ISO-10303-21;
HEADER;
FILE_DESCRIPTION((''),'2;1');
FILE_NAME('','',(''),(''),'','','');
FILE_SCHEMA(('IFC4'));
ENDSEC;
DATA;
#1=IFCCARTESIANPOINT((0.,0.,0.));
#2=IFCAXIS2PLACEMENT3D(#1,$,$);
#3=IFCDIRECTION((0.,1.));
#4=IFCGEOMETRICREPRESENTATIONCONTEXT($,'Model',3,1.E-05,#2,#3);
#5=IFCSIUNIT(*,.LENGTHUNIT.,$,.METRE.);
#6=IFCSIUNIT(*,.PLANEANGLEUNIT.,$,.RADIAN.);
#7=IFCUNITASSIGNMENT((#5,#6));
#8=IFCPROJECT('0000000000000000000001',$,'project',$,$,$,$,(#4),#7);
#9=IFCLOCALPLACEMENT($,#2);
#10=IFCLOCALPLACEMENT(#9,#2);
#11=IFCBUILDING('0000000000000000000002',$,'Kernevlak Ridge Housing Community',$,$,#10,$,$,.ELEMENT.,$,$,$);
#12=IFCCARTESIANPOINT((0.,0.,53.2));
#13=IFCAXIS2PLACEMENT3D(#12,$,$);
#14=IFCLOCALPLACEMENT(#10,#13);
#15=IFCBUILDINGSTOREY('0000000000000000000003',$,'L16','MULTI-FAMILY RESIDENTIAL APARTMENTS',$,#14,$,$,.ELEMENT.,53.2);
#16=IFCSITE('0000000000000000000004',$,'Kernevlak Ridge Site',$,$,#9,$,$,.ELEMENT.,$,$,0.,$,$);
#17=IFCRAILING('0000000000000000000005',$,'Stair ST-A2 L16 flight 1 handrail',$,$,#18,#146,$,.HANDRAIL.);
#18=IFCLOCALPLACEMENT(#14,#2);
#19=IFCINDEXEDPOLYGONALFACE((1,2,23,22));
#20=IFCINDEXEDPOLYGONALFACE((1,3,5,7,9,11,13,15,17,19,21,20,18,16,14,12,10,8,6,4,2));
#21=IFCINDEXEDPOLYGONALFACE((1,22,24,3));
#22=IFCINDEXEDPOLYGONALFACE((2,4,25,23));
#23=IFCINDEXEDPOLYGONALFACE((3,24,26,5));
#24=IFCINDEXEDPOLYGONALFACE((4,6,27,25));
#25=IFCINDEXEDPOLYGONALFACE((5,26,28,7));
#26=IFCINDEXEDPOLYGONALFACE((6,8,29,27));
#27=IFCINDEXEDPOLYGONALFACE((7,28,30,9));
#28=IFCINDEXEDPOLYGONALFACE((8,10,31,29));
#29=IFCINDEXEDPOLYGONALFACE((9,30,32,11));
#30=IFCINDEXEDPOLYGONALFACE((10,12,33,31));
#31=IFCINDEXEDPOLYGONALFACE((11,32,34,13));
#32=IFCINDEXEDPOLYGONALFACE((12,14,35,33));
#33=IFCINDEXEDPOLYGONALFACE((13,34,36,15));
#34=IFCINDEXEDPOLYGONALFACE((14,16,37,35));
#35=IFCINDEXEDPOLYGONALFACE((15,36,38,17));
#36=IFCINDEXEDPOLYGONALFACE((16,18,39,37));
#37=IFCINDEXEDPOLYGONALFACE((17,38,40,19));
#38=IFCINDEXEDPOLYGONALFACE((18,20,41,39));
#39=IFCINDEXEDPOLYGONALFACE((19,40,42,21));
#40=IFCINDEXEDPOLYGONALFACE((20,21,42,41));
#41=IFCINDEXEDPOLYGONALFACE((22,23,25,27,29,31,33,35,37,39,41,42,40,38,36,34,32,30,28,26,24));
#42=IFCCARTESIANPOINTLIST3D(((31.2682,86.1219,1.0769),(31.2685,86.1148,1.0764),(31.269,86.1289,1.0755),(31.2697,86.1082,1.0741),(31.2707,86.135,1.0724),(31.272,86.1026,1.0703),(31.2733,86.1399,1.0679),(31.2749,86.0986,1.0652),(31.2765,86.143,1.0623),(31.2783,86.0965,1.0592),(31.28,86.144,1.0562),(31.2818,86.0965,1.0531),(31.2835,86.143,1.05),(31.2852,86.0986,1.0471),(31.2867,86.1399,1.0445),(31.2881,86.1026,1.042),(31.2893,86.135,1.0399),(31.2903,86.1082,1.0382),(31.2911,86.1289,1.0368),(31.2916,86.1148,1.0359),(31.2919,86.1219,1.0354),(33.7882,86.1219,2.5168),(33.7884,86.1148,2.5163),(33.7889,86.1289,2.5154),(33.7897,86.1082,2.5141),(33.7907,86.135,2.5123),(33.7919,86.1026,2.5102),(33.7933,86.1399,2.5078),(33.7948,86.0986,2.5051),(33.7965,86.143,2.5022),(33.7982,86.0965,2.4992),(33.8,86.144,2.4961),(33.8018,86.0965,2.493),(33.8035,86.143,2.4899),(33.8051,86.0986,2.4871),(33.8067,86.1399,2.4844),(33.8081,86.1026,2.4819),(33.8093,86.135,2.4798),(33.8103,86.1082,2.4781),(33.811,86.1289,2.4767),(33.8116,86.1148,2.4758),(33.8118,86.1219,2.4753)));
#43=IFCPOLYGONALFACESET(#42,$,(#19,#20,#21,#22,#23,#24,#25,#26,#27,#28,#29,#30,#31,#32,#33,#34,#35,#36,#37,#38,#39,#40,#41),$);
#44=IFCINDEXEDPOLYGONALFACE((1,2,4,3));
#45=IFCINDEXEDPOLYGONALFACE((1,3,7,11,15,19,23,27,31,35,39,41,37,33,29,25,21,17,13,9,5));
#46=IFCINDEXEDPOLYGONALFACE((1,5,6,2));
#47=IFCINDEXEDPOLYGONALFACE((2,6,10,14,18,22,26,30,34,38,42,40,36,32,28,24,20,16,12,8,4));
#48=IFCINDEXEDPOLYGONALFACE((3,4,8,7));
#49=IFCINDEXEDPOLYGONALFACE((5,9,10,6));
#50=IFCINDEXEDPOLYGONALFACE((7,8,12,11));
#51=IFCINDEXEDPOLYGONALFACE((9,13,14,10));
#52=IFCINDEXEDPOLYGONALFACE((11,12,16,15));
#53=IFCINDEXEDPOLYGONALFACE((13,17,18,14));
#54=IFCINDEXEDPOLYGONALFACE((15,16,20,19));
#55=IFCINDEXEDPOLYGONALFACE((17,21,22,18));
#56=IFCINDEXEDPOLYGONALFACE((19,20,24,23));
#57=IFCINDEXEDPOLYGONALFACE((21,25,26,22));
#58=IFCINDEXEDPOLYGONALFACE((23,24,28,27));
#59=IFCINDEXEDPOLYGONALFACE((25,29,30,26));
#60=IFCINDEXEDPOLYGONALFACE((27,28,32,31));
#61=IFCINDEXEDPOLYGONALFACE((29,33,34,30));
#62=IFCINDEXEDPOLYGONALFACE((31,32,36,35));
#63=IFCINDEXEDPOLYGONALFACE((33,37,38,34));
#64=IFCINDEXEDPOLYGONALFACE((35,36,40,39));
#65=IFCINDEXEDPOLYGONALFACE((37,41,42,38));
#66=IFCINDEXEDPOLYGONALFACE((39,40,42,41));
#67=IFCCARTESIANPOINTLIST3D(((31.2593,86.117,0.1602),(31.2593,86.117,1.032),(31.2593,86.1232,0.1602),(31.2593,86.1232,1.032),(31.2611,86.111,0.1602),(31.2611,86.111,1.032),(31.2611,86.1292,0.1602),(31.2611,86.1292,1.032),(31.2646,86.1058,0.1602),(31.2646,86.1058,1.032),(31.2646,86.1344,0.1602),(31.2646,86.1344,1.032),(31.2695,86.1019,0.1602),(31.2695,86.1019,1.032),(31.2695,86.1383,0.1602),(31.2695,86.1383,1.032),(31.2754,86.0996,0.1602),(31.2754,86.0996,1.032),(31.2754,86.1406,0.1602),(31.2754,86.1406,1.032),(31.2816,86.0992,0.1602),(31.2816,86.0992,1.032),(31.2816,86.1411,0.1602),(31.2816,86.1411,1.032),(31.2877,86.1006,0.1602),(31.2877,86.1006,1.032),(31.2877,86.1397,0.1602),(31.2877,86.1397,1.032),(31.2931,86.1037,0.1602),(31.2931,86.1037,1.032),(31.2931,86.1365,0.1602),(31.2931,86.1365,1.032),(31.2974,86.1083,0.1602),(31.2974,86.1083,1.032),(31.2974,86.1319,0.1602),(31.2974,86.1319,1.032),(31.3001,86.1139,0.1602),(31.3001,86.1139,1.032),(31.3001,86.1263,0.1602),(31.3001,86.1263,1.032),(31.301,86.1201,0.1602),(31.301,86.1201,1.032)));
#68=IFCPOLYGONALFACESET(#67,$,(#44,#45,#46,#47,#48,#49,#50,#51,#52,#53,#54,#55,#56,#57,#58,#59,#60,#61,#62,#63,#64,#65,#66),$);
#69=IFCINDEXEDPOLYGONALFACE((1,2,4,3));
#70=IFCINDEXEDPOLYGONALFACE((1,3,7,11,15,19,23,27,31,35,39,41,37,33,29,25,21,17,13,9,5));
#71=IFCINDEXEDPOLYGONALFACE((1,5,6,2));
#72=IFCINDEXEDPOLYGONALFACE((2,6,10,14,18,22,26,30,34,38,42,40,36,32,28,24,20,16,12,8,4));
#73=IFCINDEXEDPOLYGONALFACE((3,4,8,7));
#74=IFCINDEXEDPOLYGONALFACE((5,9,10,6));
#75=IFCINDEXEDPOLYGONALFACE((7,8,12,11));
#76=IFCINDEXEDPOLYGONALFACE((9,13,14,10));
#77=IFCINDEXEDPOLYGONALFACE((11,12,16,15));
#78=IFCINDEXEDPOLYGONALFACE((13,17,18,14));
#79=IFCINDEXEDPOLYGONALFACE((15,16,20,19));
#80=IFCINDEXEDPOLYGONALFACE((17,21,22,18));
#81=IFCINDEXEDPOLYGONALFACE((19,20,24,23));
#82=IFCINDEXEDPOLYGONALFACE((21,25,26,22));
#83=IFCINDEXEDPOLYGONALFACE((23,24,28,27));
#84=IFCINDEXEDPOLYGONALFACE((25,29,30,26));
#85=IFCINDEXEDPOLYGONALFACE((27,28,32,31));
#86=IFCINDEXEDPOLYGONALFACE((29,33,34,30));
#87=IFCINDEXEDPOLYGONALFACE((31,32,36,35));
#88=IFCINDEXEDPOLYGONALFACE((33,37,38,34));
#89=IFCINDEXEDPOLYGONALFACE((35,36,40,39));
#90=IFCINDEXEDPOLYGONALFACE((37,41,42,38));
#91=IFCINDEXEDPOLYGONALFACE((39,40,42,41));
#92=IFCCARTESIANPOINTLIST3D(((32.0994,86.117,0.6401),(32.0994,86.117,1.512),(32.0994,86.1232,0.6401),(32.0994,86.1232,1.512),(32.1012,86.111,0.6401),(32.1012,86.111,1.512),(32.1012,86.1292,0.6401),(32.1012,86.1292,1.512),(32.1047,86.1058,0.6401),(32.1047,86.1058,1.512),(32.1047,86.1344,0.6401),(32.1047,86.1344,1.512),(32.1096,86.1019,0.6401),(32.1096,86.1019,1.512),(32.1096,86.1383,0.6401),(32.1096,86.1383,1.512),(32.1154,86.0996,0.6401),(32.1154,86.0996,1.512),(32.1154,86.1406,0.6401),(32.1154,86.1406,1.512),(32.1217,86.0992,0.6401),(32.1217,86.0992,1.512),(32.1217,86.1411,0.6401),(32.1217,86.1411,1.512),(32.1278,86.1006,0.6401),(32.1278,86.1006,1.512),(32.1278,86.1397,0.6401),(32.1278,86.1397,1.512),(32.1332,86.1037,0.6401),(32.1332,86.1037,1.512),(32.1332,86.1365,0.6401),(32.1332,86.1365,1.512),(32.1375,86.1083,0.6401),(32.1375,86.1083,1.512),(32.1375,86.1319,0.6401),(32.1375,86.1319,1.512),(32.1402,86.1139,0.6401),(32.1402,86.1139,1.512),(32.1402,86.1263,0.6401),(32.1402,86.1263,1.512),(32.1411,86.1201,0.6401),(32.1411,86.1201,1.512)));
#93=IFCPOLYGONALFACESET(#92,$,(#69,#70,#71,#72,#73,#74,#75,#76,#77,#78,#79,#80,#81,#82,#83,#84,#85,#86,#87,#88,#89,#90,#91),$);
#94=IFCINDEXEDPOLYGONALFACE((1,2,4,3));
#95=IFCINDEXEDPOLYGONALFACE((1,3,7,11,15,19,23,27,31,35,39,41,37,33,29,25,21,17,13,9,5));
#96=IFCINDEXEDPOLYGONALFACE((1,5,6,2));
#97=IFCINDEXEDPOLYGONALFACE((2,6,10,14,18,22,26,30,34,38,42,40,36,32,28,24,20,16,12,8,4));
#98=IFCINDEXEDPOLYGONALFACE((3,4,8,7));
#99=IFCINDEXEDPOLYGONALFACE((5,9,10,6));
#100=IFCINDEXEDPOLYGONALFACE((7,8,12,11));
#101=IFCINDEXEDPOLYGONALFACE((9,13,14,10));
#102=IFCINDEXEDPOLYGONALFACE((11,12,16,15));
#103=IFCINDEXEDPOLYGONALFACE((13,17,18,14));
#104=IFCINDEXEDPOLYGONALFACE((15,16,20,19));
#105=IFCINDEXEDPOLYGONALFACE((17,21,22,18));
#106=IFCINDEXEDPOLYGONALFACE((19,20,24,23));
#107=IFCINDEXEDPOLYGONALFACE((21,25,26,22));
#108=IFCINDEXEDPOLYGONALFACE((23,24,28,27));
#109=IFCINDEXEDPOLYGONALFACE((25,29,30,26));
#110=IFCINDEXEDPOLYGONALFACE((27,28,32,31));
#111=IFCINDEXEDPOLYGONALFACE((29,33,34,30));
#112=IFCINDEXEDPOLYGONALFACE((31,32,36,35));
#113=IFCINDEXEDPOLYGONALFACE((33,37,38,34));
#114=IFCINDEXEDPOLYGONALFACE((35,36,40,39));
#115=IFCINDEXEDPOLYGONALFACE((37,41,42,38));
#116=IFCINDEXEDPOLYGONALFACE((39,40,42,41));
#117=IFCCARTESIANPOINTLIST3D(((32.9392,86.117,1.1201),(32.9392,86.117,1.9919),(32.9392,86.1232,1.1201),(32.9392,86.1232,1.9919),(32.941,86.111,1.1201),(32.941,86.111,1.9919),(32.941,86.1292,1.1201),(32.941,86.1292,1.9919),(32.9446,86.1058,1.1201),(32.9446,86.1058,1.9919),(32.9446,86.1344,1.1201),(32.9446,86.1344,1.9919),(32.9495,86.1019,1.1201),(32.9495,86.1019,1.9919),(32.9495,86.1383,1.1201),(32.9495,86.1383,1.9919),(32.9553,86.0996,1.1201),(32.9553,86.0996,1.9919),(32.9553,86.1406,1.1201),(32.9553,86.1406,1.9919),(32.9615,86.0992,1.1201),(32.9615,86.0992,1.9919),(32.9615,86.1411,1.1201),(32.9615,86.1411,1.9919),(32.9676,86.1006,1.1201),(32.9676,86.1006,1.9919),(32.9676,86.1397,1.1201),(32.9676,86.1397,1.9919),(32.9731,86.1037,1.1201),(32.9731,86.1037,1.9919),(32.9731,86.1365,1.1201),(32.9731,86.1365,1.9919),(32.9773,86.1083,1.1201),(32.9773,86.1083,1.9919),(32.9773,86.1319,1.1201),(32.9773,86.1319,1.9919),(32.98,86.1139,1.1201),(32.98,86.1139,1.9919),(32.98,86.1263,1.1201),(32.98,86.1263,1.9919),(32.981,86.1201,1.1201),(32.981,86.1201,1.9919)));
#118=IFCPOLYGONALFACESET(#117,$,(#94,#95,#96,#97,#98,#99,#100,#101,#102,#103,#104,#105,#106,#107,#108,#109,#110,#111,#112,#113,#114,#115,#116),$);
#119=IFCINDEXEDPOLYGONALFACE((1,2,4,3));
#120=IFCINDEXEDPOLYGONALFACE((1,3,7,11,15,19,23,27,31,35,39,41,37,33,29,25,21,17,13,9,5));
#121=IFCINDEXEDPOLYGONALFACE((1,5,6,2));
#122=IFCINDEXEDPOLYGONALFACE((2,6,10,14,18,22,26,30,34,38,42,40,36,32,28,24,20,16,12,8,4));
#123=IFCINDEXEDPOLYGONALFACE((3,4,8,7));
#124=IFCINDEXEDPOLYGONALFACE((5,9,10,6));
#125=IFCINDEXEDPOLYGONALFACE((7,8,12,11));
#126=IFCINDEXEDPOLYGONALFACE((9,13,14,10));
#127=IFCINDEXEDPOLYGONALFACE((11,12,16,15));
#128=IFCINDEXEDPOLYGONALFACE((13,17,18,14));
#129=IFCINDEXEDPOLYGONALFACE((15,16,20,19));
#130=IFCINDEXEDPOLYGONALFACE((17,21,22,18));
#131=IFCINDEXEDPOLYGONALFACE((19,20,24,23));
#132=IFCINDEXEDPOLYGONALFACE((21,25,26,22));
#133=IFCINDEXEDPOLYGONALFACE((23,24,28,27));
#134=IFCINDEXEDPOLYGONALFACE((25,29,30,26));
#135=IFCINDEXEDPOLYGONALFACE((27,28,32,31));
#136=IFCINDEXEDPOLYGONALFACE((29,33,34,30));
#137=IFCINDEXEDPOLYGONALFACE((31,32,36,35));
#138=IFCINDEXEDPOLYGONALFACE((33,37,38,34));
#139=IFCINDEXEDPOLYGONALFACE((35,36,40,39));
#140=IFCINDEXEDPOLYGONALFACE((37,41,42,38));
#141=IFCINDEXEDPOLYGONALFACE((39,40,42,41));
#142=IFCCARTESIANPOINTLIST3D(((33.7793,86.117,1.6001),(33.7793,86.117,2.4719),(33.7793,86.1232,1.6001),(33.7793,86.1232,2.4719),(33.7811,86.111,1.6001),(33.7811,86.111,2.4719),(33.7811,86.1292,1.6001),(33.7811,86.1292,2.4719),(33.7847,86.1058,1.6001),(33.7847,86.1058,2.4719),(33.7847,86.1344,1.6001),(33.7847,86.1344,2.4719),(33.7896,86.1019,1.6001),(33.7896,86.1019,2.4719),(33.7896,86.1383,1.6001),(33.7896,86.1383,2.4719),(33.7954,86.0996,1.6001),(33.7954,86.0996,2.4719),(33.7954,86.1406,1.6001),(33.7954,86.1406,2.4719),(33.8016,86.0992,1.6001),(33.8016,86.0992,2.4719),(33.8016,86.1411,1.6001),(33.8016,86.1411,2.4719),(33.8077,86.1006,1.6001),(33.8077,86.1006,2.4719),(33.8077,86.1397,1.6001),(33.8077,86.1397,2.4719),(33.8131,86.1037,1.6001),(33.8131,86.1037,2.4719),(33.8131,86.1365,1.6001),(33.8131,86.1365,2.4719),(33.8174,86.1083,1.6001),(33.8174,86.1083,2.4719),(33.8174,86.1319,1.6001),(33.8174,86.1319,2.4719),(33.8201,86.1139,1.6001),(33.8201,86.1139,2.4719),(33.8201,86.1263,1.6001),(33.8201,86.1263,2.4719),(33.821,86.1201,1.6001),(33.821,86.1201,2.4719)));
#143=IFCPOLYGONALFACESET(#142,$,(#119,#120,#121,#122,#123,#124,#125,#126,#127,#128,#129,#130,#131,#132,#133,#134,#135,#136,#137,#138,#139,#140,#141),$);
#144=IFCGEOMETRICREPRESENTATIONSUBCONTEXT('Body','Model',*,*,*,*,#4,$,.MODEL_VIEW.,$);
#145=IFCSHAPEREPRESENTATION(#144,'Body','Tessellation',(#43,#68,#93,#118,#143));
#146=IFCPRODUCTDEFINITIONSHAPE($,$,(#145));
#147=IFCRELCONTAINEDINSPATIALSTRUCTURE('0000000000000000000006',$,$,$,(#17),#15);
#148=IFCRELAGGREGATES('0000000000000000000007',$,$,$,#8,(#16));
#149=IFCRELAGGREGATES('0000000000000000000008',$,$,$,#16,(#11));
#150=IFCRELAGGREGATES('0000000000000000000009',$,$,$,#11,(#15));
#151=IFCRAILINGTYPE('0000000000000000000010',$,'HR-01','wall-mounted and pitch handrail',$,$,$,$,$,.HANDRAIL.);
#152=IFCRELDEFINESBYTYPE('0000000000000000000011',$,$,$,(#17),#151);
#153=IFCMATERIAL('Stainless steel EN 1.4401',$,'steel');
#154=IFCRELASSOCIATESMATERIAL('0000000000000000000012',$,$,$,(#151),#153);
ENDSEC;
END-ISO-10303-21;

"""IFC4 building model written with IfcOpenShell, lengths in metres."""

from ifc_helpers import new_model, si_unit, direction, frame, origin, origin_2d, place, context, subcontext, project, spatial, circle, extrude, material, type_object, element, save


model = new_model("IFC4")

# Units and contexts
model_context = context("Model", 3, precision=1e-05, world=origin(), true_north=direction((0.0, 1.0)))
body_context = subcontext(model_context, "Body", "Model", "MODEL_VIEW")
ifc_project = project(units=[si_unit("LENGTHUNIT", "METRE"), si_unit("PLANEANGLEUNIT", "RADIAN")], contexts=[model_context])

# Site, building, storey
site_placement = place(None, origin())
site = spatial("IfcSite", under=ifc_project, at=site_placement, Name="Kernevlak Ridge Site", CompositionType="ELEMENT", RefElevation=0.0)
building_placement = place(site_placement, origin())
building = spatial("IfcBuilding", under=site, at=building_placement, Name="Kernevlak Ridge Housing Community", CompositionType="ELEMENT")
storey_placement = place(building_placement, frame((0.0, 0.0, 53.2)))
storey = spatial("IfcBuildingStorey", under=building, at=storey_placement, Name="L16", Description="MULTI-FAMILY RESIDENTIAL APARTMENTS", CompositionType="ELEMENT", Elevation=53.2)

# Railing
ifc_material_1 = material(Name="Stainless steel EN 1.4401", Category="steel")
railing_type_1 = type_object("IfcRailingType", Name="HR-01", Description="wall-mounted and pitch handrail", PredefinedType="HANDRAIL", material=ifc_material_1)
railing_1_placement = place(storey_placement, frame((31.28, 86.1201, 0.1602)))
element("IfcRailing", 1, at=railing_1_placement, inside=storey, type_object=railing_type_1, Name="Stair ST-A2 L16 flight 1 handrail", PredefinedType="HANDRAIL", context=body_context, shape_type="SweptSolid", body=[
    extrude(circle(Radius=0.0239, at=origin_2d()), frame((0.0, 0.0, 0.896), z_axis=(0.868253, 0.0, 0.496121), x_axis=(0.0, 1.0, 0.0)), (0.0, 0.0, 1.0), 2.9023),
    extrude(circle(Radius=0.021, at=origin_2d()), origin(), (0.0, 0.0, 1.0), 0.8718),
    extrude(circle(Radius=0.021, at=origin_2d()), frame((0.8401, 0.0, 0.48)), (0.0, 0.0, 1.0), 0.8718),
    extrude(circle(Radius=0.021, at=origin_2d()), frame((1.6799, 0.0, 0.96)), (0.0, 0.0, 1.0), 0.8718),
    extrude(circle(Radius=0.021, at=origin_2d()), frame((2.52, 0.0, 1.4399)), (0.0, 0.0, 1.0), 0.8718),
])

save(model, "model.ifc")
